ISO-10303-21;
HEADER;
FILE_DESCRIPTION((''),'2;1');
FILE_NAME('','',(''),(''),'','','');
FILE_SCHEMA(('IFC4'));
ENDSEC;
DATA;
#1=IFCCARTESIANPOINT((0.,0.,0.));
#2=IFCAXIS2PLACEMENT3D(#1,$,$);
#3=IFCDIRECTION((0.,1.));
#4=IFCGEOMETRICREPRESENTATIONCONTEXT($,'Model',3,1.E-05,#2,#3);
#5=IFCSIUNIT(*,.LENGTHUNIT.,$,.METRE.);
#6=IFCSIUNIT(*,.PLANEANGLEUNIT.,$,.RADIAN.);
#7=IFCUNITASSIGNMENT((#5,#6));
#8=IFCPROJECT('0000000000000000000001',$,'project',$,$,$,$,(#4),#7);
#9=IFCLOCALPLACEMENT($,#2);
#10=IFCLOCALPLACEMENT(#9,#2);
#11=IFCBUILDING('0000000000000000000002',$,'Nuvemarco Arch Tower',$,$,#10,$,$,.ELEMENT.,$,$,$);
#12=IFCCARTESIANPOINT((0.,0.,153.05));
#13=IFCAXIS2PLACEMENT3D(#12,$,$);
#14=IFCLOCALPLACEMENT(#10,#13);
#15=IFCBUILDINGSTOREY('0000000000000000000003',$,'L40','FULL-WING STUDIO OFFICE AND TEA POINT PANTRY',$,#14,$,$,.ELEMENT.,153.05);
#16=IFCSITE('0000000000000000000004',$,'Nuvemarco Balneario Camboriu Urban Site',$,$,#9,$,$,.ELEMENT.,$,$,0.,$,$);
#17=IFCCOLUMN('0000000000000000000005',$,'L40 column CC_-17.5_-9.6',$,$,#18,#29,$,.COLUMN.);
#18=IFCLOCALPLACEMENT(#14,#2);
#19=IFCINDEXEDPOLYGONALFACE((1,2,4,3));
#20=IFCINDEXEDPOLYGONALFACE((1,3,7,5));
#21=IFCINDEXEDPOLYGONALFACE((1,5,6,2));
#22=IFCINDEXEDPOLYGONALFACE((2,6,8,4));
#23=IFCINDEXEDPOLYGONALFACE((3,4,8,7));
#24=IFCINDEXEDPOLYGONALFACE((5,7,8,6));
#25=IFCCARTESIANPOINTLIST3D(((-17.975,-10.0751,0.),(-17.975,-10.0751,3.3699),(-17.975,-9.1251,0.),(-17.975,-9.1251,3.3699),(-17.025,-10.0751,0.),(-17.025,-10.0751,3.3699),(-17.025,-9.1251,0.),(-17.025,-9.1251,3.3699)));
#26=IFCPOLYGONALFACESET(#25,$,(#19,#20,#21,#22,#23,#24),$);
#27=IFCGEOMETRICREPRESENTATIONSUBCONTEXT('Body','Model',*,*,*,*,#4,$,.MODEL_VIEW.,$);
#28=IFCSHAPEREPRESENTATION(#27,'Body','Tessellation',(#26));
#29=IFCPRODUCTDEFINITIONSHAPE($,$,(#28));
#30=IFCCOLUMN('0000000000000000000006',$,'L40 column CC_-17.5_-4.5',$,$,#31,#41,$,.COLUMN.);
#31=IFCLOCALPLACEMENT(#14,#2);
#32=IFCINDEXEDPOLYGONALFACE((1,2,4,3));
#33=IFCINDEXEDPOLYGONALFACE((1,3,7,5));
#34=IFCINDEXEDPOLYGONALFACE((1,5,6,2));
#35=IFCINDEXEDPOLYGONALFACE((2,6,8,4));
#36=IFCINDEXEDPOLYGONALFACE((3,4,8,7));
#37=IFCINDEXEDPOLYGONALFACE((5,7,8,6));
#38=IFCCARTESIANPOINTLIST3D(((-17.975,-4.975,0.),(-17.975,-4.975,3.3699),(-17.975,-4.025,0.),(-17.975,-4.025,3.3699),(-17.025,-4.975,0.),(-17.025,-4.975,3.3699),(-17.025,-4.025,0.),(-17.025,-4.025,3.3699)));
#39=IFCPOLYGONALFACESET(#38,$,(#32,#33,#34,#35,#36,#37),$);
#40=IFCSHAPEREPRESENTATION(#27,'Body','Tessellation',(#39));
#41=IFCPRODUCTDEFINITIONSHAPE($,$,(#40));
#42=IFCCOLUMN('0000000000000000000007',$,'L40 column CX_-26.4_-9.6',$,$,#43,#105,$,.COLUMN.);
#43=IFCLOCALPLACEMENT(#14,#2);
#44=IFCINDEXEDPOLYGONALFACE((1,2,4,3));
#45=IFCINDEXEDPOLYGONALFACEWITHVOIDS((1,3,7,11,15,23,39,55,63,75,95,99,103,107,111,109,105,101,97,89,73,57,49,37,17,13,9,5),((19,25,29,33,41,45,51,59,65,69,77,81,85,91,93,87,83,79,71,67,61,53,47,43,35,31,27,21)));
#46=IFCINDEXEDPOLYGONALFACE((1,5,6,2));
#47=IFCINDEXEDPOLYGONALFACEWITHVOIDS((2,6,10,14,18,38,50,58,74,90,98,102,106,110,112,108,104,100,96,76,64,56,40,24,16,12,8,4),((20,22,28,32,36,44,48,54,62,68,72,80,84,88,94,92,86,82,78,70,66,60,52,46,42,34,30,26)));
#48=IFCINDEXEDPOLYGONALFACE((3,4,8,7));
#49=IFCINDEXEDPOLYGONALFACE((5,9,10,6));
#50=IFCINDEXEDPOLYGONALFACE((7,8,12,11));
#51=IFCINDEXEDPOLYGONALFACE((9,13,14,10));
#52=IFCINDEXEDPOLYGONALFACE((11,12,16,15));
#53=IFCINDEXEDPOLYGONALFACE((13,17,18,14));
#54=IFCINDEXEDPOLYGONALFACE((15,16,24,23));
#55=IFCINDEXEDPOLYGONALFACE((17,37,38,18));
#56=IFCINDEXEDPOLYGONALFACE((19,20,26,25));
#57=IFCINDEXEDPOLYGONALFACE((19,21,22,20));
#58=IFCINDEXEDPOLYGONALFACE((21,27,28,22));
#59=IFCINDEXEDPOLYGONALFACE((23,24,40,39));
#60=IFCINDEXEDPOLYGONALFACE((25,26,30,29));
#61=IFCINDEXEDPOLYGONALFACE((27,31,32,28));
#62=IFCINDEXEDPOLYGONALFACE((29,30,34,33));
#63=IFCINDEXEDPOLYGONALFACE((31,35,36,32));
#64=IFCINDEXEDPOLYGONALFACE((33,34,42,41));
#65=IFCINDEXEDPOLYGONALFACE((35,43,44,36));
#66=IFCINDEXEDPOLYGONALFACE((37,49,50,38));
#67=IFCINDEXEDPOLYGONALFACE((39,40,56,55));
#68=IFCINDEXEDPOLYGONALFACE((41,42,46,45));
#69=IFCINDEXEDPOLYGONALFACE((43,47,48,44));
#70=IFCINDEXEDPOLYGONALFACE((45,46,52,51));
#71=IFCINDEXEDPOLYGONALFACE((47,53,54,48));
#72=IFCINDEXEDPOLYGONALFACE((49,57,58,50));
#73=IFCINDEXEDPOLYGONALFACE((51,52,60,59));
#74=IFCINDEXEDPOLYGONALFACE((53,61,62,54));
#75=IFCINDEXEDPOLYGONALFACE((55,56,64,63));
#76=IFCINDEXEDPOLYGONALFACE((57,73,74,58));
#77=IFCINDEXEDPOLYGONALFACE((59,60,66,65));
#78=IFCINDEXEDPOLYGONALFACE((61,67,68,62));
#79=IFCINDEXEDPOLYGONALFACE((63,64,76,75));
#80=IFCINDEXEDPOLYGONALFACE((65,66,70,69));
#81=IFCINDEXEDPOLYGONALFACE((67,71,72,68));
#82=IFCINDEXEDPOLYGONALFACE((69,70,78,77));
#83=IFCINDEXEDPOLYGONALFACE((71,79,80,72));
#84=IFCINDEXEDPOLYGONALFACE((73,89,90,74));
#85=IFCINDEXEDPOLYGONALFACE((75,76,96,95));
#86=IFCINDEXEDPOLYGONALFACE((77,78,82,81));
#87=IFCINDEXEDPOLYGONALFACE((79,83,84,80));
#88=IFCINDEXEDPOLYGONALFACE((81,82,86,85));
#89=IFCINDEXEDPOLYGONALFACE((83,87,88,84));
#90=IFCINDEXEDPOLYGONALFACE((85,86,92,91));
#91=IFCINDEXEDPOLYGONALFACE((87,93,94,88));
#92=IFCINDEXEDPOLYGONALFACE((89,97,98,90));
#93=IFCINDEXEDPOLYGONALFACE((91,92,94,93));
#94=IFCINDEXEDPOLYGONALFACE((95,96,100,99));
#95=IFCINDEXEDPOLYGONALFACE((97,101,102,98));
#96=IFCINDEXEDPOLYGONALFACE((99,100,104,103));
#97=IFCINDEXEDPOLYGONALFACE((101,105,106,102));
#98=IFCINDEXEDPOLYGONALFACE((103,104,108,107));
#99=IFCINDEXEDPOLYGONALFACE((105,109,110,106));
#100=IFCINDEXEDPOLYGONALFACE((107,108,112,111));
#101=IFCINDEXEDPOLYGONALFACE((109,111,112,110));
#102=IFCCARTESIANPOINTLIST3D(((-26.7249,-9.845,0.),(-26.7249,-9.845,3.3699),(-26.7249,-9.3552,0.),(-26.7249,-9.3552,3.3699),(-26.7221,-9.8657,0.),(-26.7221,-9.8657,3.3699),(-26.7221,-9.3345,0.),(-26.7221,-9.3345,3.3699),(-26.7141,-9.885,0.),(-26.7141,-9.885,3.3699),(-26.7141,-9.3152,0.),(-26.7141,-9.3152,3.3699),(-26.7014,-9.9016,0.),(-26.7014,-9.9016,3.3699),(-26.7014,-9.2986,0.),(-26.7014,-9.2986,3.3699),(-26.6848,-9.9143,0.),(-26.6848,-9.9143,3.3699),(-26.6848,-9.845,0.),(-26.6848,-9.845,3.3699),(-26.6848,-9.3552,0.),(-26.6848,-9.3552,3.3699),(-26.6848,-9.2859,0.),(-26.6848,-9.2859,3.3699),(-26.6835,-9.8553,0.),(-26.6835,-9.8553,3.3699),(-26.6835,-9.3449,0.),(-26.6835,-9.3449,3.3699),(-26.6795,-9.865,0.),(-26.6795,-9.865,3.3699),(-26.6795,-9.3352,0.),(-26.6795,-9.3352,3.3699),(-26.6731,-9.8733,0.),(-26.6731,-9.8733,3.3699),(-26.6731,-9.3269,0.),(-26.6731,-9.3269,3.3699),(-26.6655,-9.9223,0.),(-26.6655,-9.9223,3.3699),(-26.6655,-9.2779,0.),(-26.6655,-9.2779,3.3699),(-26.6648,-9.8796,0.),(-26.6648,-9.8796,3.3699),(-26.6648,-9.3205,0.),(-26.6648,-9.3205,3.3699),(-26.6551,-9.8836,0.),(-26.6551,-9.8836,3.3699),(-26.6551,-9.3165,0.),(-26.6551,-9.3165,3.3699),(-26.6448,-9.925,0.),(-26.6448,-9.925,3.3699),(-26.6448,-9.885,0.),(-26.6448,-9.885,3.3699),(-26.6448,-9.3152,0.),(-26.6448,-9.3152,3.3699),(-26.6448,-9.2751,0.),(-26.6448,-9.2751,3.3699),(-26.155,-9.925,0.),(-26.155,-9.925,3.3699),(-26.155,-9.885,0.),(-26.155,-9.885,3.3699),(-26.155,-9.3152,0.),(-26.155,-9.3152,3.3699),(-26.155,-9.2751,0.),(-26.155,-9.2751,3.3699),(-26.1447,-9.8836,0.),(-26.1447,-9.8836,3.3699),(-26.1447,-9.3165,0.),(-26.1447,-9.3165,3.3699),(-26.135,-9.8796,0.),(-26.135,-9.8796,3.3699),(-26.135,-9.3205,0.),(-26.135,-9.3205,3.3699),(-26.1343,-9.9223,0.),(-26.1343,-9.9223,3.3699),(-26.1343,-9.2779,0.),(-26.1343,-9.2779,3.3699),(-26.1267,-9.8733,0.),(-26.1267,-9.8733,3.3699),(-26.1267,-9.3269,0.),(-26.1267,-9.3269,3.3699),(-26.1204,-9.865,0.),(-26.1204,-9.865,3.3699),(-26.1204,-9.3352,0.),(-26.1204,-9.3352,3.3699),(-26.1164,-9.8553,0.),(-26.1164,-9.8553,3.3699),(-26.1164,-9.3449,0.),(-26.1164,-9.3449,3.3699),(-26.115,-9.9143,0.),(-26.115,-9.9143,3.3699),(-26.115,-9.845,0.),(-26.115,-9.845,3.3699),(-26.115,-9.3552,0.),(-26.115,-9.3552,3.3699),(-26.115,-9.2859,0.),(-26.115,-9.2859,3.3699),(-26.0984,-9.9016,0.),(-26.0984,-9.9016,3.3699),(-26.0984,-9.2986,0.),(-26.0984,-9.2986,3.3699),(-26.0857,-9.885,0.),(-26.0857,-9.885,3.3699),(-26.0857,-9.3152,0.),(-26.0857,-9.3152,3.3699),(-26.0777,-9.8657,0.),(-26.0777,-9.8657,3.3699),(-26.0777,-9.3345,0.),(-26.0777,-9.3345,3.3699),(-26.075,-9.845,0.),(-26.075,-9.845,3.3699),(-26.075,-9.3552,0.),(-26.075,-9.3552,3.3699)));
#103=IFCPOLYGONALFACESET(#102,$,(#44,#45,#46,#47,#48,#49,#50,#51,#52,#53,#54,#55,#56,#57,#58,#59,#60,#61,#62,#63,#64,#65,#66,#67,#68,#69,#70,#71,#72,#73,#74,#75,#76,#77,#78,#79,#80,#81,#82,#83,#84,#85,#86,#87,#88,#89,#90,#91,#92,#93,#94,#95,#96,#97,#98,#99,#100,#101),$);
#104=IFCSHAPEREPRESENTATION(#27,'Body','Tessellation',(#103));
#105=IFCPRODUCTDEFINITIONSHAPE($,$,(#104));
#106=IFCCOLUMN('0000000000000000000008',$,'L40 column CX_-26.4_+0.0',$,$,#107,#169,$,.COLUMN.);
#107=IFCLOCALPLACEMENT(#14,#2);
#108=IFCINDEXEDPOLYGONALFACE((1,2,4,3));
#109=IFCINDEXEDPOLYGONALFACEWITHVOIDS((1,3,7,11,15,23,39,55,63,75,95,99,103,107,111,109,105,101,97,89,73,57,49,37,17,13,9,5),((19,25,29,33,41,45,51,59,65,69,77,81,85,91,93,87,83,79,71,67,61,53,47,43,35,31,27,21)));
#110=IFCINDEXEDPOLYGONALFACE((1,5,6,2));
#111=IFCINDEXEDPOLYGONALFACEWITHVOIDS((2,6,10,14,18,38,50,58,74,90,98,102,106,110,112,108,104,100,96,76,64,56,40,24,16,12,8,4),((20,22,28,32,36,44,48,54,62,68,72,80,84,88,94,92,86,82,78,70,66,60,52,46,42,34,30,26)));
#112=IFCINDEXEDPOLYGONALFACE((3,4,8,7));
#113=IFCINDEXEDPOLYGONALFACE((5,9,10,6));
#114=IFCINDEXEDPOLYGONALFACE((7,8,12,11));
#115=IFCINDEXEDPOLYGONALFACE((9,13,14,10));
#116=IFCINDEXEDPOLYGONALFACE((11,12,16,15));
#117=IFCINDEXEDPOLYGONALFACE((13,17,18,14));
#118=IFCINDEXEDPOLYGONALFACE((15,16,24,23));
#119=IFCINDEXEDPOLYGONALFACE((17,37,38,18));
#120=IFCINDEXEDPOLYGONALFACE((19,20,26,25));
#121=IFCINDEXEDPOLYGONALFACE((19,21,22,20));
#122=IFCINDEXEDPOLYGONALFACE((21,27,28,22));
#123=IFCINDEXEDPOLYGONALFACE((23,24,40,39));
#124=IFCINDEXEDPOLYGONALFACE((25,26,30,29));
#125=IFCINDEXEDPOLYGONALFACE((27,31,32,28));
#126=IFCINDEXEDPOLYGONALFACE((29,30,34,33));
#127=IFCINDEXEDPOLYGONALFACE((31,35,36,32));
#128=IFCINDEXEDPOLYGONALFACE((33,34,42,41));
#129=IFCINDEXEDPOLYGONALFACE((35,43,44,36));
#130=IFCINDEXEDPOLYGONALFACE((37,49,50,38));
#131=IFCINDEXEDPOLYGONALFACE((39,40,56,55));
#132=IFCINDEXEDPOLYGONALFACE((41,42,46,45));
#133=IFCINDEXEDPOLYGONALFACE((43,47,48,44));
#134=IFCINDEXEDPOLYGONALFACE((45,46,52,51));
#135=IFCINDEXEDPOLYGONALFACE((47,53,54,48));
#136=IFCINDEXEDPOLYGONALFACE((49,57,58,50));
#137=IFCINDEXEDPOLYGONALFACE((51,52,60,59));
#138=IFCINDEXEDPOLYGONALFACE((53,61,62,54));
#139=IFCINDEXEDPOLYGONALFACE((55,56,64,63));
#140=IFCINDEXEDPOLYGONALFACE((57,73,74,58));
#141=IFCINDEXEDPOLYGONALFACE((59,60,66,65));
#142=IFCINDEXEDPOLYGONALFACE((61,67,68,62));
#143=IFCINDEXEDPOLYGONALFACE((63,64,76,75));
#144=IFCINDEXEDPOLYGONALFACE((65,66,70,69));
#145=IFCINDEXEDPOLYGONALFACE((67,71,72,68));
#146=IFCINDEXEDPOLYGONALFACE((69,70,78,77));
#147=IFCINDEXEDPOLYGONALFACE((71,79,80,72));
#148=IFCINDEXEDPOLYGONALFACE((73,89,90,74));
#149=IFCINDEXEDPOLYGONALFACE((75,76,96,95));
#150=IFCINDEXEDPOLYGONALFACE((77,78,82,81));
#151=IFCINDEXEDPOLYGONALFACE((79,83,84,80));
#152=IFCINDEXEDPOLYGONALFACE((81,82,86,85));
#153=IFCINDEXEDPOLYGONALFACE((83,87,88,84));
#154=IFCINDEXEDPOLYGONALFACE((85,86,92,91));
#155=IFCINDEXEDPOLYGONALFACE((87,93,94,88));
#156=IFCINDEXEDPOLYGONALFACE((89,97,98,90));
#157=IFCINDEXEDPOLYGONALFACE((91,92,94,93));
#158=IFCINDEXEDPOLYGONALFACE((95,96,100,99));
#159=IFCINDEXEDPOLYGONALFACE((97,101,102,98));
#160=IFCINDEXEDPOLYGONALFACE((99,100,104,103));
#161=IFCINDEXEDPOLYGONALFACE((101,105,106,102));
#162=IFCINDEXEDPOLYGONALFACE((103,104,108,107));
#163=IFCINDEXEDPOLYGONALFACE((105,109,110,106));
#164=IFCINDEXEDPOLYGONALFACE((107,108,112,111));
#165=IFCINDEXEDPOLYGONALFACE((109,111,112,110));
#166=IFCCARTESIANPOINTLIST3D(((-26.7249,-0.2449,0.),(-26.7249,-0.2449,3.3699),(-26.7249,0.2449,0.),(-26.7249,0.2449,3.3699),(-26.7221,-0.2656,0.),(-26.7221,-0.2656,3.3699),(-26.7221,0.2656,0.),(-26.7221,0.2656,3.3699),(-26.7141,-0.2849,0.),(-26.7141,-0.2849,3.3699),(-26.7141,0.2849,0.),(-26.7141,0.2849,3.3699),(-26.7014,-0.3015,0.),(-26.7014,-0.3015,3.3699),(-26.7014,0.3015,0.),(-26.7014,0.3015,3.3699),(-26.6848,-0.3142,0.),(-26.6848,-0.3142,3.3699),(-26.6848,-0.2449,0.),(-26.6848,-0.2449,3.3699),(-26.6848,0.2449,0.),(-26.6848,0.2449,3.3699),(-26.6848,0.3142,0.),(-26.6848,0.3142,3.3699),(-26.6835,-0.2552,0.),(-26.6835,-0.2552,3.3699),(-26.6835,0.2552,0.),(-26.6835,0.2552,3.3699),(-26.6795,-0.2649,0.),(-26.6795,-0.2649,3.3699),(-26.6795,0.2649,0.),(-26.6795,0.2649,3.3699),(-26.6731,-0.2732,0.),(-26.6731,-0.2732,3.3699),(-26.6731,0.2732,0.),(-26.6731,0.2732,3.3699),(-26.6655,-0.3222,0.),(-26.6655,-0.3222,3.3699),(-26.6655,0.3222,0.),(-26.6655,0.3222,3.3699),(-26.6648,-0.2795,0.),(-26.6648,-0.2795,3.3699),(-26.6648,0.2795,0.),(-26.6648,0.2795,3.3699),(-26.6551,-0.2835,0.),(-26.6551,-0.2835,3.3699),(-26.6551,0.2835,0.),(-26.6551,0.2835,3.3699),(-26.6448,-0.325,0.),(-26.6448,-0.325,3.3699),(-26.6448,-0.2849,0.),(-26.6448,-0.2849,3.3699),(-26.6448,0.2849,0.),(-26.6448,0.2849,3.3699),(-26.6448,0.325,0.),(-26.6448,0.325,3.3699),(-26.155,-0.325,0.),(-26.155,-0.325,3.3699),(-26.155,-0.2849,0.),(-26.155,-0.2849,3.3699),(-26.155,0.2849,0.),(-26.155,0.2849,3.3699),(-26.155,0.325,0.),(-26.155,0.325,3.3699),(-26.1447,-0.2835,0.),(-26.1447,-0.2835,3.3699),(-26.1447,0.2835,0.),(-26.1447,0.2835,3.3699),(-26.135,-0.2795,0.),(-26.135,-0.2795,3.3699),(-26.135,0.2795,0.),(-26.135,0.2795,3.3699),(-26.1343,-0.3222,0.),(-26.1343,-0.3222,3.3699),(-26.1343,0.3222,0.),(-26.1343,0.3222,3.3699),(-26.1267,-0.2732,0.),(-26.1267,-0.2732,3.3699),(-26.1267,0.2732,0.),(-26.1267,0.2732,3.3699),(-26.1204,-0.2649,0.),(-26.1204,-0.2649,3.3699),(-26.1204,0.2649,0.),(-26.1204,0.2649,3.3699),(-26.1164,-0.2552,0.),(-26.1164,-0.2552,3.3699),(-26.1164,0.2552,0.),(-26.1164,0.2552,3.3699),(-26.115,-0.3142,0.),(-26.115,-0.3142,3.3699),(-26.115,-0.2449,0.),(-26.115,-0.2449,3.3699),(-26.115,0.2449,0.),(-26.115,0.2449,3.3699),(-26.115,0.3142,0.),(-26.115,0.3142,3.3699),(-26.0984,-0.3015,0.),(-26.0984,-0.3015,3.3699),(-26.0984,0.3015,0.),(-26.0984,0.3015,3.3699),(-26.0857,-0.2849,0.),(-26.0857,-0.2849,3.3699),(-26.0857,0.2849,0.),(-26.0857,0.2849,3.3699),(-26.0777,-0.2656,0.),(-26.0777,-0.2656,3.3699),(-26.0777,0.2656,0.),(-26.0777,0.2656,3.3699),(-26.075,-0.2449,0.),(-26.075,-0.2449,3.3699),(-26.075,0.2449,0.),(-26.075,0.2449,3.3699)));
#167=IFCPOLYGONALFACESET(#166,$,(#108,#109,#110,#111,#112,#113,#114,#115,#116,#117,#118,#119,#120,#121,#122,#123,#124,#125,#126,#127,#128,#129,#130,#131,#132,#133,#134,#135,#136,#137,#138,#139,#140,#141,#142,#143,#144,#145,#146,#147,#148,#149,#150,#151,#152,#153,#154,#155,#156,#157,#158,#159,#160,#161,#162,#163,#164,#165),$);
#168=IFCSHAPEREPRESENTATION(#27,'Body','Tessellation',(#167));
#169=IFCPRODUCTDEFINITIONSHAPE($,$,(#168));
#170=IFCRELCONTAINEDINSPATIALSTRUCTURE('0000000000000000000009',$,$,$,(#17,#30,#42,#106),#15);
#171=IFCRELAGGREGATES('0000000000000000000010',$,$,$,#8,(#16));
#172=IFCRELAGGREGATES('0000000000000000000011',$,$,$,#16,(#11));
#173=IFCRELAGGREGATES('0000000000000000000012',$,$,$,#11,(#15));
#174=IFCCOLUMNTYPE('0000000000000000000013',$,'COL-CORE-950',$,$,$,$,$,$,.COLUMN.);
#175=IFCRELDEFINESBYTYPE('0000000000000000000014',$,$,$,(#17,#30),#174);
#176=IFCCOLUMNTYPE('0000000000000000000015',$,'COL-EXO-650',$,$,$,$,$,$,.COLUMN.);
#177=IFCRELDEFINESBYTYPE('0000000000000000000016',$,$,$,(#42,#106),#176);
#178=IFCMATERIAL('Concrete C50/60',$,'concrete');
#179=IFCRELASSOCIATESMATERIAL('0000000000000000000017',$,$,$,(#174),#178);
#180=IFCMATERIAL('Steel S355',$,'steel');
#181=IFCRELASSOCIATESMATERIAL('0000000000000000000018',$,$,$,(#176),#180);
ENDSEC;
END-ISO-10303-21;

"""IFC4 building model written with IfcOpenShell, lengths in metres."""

from ifc_helpers import new_model, si_unit, direction, frame, origin, origin_2d, place, context, subcontext, project, spatial, rectangle, hollow_rectangle, extrude, material, material_profile, profile_set, type_object, element, save


model = new_model("IFC4")

# Units and contexts
model_context = context("Model", 3, precision=1e-05, world=origin(), true_north=direction((0.0, 1.0)))
body_context = subcontext(model_context, "Body", "Model", "MODEL_VIEW")
ifc_project = project(units=[si_unit("LENGTHUNIT", "METRE"), si_unit("PLANEANGLEUNIT", "RADIAN")], contexts=[model_context])

# Site, building, storey
site_placement = place(None, origin())
site = spatial("IfcSite", under=ifc_project, at=site_placement, Name="Nuvemarco Balneario Camboriu Urban Site", CompositionType="ELEMENT", RefElevation=0.0)
building_placement = place(site_placement, origin())
building = spatial("IfcBuilding", under=site, at=building_placement, Name="Nuvemarco Arch Tower", CompositionType="ELEMENT")
storey_placement = place(building_placement, frame((0.0, 0.0, 153.05)))
storey = spatial("IfcBuildingStorey", under=building, at=storey_placement, Name="L40", Description="FULL-WING STUDIO OFFICE AND TEA POINT PANTRY", CompositionType="ELEMENT", Elevation=153.05)

# Columns
ifc_material_1 = material(Name="Concrete C50/60", Category="concrete")
ifc_material_profile_1 = material_profile(ifc_material_1, rectangle(XDim=0.95, YDim=0.95, at=origin_2d()), Name="RC-COL-950x950")
ifc_profile_set_1 = profile_set([ifc_material_profile_1], Name="Concrete C50/60")
column_type_1 = type_object("IfcColumnType", Name="COL-CORE-950", PredefinedType="COLUMN", material=ifc_profile_set_1)
for number, where, z_axis, x_axis, name in (
    (1, (-17.5, -9.6001, 0.0), (0.0, 0.0, 1.0), (1.0, 0.0, 0.0), "L40 column CC_-17.5_-9.6"),
    (2, (-17.5, -4.5, 0.0), (0.0, 0.0, 1.0), (1.0, 0.0, 0.0), "L40 column CC_-17.5_-4.5"),
):
    element("IfcColumn", number, at=place(storey_placement, frame(where, z_axis=z_axis, x_axis=x_axis)), inside=storey, type_object=column_type_1, Name=name, PredefinedType="COLUMN", context=body_context, shape_type="SweptSolid", body=[
        extrude(rectangle(XDim=0.95, YDim=0.95, at=origin_2d()), origin(), (0.0, 0.0, 1.0), 3.3699),
    ])
ifc_material_2 = material(Name="Steel S355", Category="steel")
ifc_material_profile_2 = material_profile(ifc_material_2, hollow_rectangle(XDim=0.6499, YDim=0.6499, WallThickness=0.04, InnerFilletRadius=0.04, OuterFilletRadius=0.0801, at=origin_2d()), Name="SHS650x650x40")
ifc_profile_set_2 = profile_set([ifc_material_profile_2], Name="Steel S355")
column_type_2 = type_object("IfcColumnType", Name="COL-EXO-650", PredefinedType="COLUMN", material=ifc_profile_set_2)
for number, where, z_axis, x_axis, name in (
    (3, (-26.3999, -9.6001, 0.0), (0.0, 0.0, 1.0), (1.0, 0.0, 0.0), "L40 column CX_-26.4_-9.6"),
    (4, (-26.3999, 0.0, 0.0), (0.0, 0.0, 1.0), (1.0, 0.0, 0.0), "L40 column CX_-26.4_+0.0"),
):
    element("IfcColumn", number, at=place(storey_placement, frame(where, z_axis=z_axis, x_axis=x_axis)), inside=storey, type_object=column_type_2, Name=name, PredefinedType="COLUMN", context=body_context, shape_type="SweptSolid", body=[
        extrude(hollow_rectangle(XDim=0.6499, YDim=0.6499, WallThickness=0.04, InnerFilletRadius=0.04, OuterFilletRadius=0.0801, at=origin_2d()), origin(), (0.0, 0.0, 1.0), 3.3699),
    ])

save(model, "model.ifc")
